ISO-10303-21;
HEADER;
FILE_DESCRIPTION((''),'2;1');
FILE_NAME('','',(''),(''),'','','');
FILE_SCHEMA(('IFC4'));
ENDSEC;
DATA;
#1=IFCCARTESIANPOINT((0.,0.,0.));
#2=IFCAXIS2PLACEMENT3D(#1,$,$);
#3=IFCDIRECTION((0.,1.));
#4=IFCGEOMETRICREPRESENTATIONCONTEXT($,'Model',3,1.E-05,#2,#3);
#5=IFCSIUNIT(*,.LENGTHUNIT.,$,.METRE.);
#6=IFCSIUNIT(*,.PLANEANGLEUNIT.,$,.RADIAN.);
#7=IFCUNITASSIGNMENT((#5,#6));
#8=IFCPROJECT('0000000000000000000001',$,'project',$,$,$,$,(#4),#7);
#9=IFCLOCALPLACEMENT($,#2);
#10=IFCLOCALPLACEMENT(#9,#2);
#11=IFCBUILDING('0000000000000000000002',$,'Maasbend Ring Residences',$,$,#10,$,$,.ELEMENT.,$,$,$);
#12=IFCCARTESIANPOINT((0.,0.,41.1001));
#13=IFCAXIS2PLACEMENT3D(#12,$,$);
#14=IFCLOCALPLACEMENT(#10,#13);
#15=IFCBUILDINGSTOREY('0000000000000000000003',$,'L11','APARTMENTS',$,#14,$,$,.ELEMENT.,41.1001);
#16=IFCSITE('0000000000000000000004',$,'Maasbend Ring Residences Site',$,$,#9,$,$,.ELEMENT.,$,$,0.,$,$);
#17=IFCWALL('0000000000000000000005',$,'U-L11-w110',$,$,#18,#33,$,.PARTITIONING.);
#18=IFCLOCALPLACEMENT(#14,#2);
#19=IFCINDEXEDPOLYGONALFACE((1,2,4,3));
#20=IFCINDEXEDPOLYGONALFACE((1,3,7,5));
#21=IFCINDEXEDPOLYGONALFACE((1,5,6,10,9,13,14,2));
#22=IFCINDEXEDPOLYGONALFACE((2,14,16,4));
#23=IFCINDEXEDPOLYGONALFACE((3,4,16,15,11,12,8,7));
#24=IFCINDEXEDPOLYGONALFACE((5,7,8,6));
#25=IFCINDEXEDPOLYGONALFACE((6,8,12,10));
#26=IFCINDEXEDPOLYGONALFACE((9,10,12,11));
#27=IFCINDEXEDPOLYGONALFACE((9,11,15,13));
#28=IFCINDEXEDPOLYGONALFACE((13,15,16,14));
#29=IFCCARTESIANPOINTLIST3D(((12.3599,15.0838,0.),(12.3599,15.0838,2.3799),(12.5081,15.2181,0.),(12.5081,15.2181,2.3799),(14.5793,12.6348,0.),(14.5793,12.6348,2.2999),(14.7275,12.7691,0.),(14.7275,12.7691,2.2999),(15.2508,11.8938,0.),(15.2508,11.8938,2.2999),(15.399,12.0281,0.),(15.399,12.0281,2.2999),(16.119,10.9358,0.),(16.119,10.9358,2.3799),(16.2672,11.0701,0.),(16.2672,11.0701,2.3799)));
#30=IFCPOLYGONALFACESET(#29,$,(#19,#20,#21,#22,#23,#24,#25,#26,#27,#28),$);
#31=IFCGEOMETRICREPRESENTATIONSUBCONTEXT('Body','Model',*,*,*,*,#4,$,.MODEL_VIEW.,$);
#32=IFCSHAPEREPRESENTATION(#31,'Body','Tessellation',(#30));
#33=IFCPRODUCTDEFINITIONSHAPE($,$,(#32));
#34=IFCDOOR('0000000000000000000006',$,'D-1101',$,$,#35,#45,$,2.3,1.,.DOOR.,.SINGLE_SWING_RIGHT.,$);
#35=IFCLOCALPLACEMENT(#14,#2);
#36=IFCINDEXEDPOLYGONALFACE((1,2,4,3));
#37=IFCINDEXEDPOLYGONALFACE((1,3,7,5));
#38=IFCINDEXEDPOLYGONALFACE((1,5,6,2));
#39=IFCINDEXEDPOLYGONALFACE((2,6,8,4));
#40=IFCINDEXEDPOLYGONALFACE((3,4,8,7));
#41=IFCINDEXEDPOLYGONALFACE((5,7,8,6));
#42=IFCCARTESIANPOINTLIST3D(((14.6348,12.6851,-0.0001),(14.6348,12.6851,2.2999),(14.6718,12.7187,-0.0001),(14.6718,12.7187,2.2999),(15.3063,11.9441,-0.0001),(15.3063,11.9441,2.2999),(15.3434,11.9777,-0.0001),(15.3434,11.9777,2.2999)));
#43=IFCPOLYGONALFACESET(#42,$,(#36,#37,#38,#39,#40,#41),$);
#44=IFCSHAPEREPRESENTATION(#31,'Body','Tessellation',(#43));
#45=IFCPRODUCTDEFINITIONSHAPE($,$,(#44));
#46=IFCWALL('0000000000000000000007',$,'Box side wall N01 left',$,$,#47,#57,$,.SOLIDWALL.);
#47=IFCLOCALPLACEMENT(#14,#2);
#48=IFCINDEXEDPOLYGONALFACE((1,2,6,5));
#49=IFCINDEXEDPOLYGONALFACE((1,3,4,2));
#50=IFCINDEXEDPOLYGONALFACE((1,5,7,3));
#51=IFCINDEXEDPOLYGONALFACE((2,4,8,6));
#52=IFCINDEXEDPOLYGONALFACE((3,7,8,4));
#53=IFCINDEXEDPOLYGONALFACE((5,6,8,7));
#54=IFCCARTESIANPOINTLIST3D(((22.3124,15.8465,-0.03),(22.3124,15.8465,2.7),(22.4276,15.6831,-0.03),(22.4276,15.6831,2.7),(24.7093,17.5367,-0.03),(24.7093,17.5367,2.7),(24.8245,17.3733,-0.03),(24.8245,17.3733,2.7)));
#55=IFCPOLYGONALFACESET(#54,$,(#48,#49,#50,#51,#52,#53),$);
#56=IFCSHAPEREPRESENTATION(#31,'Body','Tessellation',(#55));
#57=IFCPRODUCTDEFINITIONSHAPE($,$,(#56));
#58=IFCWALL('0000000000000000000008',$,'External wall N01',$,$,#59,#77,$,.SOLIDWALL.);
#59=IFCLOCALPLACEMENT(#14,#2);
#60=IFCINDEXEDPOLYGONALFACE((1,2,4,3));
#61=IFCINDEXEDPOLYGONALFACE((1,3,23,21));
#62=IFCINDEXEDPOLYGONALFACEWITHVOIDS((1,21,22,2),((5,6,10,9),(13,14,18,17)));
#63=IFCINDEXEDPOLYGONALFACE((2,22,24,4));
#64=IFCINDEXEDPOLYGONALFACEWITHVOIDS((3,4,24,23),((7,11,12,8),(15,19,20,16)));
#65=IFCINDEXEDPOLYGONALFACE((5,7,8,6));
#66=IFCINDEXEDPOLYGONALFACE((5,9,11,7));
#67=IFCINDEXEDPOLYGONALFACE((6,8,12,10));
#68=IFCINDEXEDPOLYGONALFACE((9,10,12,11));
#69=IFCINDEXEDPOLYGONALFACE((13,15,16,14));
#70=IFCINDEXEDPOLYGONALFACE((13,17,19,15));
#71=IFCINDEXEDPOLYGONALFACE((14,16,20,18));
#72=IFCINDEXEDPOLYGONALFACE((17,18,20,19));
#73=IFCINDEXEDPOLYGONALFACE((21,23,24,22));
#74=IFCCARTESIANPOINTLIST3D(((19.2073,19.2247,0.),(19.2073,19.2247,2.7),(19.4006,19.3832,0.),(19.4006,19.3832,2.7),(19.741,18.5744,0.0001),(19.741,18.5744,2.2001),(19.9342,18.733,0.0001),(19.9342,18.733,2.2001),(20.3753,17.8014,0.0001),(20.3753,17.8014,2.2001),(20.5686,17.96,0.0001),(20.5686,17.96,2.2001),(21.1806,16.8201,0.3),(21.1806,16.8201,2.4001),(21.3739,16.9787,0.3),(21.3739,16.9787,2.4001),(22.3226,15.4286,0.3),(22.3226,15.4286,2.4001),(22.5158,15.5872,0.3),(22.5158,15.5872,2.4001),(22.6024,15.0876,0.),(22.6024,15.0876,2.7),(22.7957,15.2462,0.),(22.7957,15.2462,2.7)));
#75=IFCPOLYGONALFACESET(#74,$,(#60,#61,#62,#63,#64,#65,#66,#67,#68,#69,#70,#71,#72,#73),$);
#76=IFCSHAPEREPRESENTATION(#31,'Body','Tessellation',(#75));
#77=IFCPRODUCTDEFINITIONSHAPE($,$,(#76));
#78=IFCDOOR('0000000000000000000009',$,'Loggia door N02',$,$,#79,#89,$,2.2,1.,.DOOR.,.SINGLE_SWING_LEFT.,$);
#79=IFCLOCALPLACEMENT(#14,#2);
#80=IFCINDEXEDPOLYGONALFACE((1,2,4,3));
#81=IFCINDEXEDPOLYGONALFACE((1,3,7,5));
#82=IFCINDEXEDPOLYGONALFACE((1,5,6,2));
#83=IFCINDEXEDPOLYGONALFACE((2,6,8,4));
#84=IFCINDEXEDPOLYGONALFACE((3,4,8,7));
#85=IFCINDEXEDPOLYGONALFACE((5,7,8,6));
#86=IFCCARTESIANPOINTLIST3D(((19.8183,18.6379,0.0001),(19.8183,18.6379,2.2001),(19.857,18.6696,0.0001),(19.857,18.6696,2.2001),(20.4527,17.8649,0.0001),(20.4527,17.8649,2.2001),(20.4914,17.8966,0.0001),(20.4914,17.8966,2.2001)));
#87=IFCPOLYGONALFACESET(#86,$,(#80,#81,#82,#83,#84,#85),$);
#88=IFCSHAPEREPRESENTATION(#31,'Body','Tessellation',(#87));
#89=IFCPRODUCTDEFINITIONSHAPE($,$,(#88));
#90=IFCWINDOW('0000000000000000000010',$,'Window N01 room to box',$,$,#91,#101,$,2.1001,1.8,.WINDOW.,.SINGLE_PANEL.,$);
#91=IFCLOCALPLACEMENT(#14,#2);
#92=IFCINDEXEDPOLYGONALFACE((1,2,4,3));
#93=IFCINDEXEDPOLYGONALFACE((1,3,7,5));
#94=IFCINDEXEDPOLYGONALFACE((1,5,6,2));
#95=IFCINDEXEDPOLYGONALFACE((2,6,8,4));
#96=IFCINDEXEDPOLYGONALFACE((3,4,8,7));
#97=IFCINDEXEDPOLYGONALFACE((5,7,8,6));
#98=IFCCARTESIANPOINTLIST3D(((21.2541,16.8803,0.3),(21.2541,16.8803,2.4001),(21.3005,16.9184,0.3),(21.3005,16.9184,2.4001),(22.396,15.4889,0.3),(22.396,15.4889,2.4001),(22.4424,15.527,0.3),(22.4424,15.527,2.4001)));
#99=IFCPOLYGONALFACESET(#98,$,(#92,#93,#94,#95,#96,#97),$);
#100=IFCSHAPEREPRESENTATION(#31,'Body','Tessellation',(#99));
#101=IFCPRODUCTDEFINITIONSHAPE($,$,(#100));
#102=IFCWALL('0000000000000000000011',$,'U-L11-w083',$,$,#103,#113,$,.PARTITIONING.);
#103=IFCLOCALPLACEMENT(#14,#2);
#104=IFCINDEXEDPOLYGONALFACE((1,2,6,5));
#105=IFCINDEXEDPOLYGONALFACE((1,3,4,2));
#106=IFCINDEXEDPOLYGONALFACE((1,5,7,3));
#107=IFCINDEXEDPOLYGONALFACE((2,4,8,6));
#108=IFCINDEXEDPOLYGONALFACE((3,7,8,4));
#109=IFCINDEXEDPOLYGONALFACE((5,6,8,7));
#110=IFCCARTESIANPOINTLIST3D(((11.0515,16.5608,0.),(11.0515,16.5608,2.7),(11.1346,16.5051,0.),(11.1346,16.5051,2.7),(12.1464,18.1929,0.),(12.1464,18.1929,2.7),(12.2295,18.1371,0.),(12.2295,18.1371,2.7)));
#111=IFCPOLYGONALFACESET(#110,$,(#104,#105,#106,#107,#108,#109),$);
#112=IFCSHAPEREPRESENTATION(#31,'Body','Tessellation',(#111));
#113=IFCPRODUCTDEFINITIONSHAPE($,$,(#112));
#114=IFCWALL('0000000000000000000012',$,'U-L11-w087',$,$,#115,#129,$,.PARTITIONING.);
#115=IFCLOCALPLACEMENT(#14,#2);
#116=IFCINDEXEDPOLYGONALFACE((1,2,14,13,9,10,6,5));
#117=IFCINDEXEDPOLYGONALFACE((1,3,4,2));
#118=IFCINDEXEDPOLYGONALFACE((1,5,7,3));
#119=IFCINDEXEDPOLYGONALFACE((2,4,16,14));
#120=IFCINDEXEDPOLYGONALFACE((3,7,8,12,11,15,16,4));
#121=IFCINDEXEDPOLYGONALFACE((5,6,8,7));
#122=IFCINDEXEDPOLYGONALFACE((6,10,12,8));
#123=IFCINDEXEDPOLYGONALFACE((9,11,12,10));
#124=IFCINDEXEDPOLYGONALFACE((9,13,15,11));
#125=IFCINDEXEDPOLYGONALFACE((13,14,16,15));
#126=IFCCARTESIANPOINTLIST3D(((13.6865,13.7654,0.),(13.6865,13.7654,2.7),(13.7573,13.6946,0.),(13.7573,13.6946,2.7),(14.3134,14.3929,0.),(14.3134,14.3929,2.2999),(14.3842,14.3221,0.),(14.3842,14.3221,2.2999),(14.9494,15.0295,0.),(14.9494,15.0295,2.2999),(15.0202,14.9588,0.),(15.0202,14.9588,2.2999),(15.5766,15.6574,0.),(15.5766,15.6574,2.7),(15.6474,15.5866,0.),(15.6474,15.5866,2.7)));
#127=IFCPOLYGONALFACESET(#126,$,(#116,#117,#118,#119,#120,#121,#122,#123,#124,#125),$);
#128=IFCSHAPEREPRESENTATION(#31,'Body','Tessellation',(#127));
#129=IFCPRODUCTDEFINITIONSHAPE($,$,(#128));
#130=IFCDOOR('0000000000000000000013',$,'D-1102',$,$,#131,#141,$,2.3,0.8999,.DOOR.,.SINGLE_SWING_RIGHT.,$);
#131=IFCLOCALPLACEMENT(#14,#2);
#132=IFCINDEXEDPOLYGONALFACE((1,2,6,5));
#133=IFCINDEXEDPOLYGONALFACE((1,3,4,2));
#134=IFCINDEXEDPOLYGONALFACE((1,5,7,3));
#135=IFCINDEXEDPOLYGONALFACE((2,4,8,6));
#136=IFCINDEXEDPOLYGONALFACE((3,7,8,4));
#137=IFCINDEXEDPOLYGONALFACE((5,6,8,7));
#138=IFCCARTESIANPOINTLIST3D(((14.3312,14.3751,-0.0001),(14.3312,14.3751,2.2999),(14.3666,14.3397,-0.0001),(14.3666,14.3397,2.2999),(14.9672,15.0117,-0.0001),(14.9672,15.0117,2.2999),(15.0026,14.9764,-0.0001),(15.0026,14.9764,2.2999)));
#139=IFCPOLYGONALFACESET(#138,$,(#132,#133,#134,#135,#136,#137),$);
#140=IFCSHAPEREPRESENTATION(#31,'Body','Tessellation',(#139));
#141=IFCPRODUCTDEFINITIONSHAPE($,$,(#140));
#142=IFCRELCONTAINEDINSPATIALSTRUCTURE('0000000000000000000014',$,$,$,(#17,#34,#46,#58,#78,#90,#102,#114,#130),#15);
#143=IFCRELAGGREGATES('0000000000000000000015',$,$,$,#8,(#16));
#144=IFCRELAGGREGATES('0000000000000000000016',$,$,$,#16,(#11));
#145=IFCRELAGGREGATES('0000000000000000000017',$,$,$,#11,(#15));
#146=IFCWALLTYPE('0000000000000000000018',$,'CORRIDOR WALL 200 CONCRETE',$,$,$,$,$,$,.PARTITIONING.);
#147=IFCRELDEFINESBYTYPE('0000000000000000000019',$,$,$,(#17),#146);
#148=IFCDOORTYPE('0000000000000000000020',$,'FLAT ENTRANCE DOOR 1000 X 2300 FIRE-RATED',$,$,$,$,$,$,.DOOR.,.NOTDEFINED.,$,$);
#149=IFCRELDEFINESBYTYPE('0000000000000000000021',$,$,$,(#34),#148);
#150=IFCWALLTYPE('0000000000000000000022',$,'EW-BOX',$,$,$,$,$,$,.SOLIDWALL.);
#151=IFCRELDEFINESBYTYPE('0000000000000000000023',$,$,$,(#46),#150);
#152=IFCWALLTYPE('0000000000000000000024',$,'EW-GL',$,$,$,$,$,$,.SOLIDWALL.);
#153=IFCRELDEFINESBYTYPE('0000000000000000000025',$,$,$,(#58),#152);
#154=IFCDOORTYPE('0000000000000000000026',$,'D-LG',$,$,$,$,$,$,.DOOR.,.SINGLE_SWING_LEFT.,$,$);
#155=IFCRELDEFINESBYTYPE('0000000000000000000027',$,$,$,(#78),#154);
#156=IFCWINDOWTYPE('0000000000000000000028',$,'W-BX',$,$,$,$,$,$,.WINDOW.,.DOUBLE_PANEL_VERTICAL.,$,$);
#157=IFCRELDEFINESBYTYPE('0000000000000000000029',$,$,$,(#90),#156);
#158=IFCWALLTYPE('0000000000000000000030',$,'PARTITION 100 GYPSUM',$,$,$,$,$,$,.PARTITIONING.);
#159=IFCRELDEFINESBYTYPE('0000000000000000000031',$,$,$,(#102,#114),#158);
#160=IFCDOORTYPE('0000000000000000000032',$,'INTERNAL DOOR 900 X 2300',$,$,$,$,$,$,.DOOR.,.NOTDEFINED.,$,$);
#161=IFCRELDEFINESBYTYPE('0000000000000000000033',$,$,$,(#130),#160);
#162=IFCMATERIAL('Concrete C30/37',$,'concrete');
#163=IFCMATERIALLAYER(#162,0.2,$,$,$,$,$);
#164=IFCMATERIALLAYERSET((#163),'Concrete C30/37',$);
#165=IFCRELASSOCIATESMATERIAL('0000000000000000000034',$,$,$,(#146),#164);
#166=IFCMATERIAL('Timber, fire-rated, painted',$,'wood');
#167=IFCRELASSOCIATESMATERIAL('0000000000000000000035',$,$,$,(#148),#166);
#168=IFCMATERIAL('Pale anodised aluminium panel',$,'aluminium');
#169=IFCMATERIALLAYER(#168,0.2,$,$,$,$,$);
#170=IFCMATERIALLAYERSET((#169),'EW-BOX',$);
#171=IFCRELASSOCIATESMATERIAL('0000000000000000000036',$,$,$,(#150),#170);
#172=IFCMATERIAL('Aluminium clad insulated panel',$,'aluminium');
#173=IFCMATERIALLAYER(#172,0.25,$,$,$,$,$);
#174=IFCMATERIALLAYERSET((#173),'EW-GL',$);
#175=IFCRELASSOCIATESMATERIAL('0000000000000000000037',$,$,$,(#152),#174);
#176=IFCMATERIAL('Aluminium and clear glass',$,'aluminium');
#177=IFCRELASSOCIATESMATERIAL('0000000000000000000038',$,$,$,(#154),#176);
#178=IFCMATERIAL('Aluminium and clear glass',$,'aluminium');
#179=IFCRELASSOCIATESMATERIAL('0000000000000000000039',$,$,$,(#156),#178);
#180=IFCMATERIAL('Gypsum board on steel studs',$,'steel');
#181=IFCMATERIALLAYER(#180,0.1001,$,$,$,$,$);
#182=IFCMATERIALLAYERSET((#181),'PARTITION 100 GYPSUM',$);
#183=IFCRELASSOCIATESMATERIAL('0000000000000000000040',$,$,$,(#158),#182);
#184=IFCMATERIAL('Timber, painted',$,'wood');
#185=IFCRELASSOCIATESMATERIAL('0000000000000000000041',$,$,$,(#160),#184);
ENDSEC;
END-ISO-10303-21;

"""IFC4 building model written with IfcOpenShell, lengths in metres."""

from ifc_helpers import new_model, si_unit, direction, frame, frame_2d, origin, place, context, subcontext, project, spatial, rectangle, extrude, material, layer, layer_set, type_object, element, fill, save


model = new_model("IFC4")

# Units and contexts
model_context = context("Model", 3, precision=1e-05, world=origin(), true_north=direction((0.0, 1.0)))
body_context = subcontext(model_context, "Body", "Model", "MODEL_VIEW")
ifc_project = project(units=[si_unit("LENGTHUNIT", "METRE"), si_unit("PLANEANGLEUNIT", "RADIAN")], contexts=[model_context])

# Site, building, storey
site_placement = place(None, origin())
site = spatial("IfcSite", under=ifc_project, at=site_placement, Name="Maasbend Ring Residences Site", CompositionType="ELEMENT", RefElevation=0.0)
building_placement = place(site_placement, origin())
building = spatial("IfcBuilding", under=site, at=building_placement, Name="Maasbend Ring Residences", CompositionType="ELEMENT")
storey_placement = place(building_placement, frame((0.0, 0.0, 41.1001)))
storey = spatial("IfcBuildingStorey", under=building, at=storey_placement, Name="L11", Description="APARTMENTS", CompositionType="ELEMENT", Elevation=41.1001)

# Wall, opening, door
ifc_material_1 = material(Name="Concrete C30/37", Category="concrete")
ifc_layer_1 = layer(ifc_material_1, 0.2)
ifc_layer_set_1 = layer_set([ifc_layer_1], Name="Concrete C30/37")
wall_type_1 = type_object("IfcWallType", Name="CORRIDOR WALL 200 CONCRETE", PredefinedType="PARTITIONING", material=ifc_layer_set_1)
wall_1_placement = place(storey_placement, frame((12.4341, 15.1509, 0.0), z_axis=(0.0, 0.0, 1.0), x_axis=(0.671515, -0.740991, 0.0)))
wall_1 = element("IfcWall", 1, at=wall_1_placement, inside=storey, type_object=wall_type_1, Name="U-L11-w110", PredefinedType="PARTITIONING", context=body_context, shape_type="SweptSolid", body=[
    extrude(rectangle(XDim=5.5979, YDim=0.2, at=frame_2d((2.7988, 0.0))), origin(), (0.0, 0.0, 1.0), 2.3799),
])
opening_1_placement = place(wall_1_placement, frame((3.3049, 0.0, 0.0)))
opening_1 = element("IfcOpeningElement", 2, at=opening_1_placement, cuts=wall_1, PredefinedType="OPENING", context=body_context, shape_type="SweptSolid", body=[
    extrude(rectangle(XDim=1.0, YDim=2.3, at=frame_2d((0.5, 1.1499))), frame((0.0, 0.1099, 0.0), z_axis=(0.0, -1.0, 0.0), x_axis=(1.0, 0.0, 0.0)), (0.0, 0.0, 1.0), 0.22),
])
ifc_material_2 = material(Name="Timber, fire-rated, painted", Category="wood")
door_type_1 = type_object("IfcDoorType", Name="FLAT ENTRANCE DOOR 1000 X 2300 FIRE-RATED", OperationType="NOTDEFINED", PredefinedType="DOOR", material=ifc_material_2)
door_1_placement = place(opening_1_placement, origin())
door_1 = element("IfcDoor", 3, at=door_1_placement, inside=storey, type_object=door_type_1, Name="D-1101", OperationType="SINGLE_SWING_RIGHT", OverallHeight=2.3, OverallWidth=1.0, PredefinedType="DOOR", context=body_context, shape_type="SweptSolid", body=[
    extrude(rectangle(XDim=1.0, YDim=2.3, at=frame_2d((0.5, 1.1499))), frame((0.0, 0.0249, 0.0), z_axis=(0.0, -1.0, 0.0), x_axis=(1.0, 0.0, 0.0)), (0.0, 0.0, 1.0), 0.05),
])
fill(opening_1, door_1)

# Wall
ifc_material_3 = material(Name="Pale anodised aluminium panel", Category="aluminium")
ifc_layer_2 = layer(ifc_material_3, 0.2)
ifc_layer_set_2 = layer_set([ifc_layer_2], Name="EW-BOX")
wall_type_2 = type_object("IfcWallType", Name="EW-BOX", PredefinedType="SOLIDWALL", material=ifc_layer_set_2)
wall_2_placement = place(storey_placement, frame((22.3701, 15.7649, -0.03), z_axis=(0.0, 0.0, 1.0), x_axis=(0.817256, 0.576275, 0.0)))
element("IfcWall", 4, at=wall_2_placement, inside=storey, type_object=wall_type_2, Name="Box side wall N01 left", PredefinedType="SOLIDWALL", context=body_context, shape_type="SweptSolid", body=[
    extrude(rectangle(XDim=2.9329, YDim=0.2, at=frame_2d((1.4663, 0.0))), origin(), (0.0, 0.0, 1.0), 2.73),
])

# Wall, openings, door, window
ifc_material_4 = material(Name="Aluminium clad insulated panel", Category="aluminium")
ifc_layer_3 = layer(ifc_material_4, 0.25)
ifc_layer_set_3 = layer_set([ifc_layer_3], Name="EW-GL")
wall_type_3 = type_object("IfcWallType", Name="EW-GL", PredefinedType="SOLIDWALL", material=ifc_layer_set_3)
wall_3_placement = place(storey_placement, frame((22.699, 15.167, 0.0), z_axis=(0.0, 0.0, 1.0), x_axis=(-0.634382, 0.773019, 0.0)))
wall_3 = element("IfcWall", 5, at=wall_3_placement, inside=storey, type_object=wall_type_3, Name="External wall N01", PredefinedType="SOLIDWALL", context=body_context, shape_type="SweptSolid", body=[
    extrude(rectangle(XDim=5.3518, YDim=0.25, at=frame_2d((2.6758, 0.0))), origin(), (0.0, 0.0, 1.0), 2.7),
])
opening_2_placement = place(wall_3_placement, frame((0.4412, 0.0, 0.3)))
opening_2 = element("IfcOpeningElement", 6, at=opening_2_placement, cuts=wall_3, PredefinedType="OPENING", context=body_context, shape_type="SweptSolid", body=[
    extrude(rectangle(XDim=1.8, YDim=2.1001, at=frame_2d((0.8999, 1.05))), frame((0.0, 0.135, 0.0), z_axis=(0.0, -1.0, 0.0), x_axis=(1.0, 0.0, 0.0)), (0.0, 0.0, 1.0), 0.27),
])
opening_3_placement = place(wall_3_placement, frame((3.5105, 0.0, 0.0)))
opening_3 = element("IfcOpeningElement", 7, at=opening_3_placement, cuts=wall_3, PredefinedType="OPENING", context=body_context, shape_type="SweptSolid", body=[
    extrude(rectangle(XDim=1.0, YDim=2.2, at=frame_2d((0.5, 1.1001))), frame((0.0, 0.135, 0.0), z_axis=(0.0, -1.0, 0.0), x_axis=(1.0, 0.0, 0.0)), (0.0, 0.0, 1.0), 0.27),
])
ifc_material_5 = material(Name="Aluminium and clear glass", Category="aluminium")
door_type_2 = type_object("IfcDoorType", Name="D-LG", OperationType="SINGLE_SWING_LEFT", PredefinedType="DOOR", material=ifc_material_5)
door_2_placement = place(opening_3_placement, origin())
door_2 = element("IfcDoor", 8, at=door_2_placement, inside=storey, type_object=door_type_2, Name="Loggia door N02", OperationType="SINGLE_SWING_LEFT", OverallHeight=2.2, OverallWidth=1.0, PredefinedType="DOOR", context=body_context, shape_type="SweptSolid", body=[
    extrude(rectangle(XDim=1.0, YDim=2.2, at=frame_2d((0.5, 1.1001))), frame((0.0, 0.0249, 0.0), z_axis=(0.0, -1.0, 0.0), x_axis=(1.0, 0.0, 0.0)), (0.0, 0.0, 1.0), 0.05),
])
fill(opening_3, door_2)
ifc_material_6 = material(Name="Aluminium and clear glass", Category="aluminium")
window_type = type_object("IfcWindowType", Name="W-BX", PartitioningType="DOUBLE_PANEL_VERTICAL", PredefinedType="WINDOW", material=ifc_material_6)
window_placement = place(opening_2_placement, origin())
window = element("IfcWindow", 9, at=window_placement, inside=storey, type_object=window_type, Name="Window N01 room to box", OverallHeight=2.1001, OverallWidth=1.8, PartitioningType="SINGLE_PANEL", PredefinedType="WINDOW", context=body_context, shape_type="SweptSolid", body=[
    extrude(rectangle(XDim=1.8, YDim=2.1001, at=frame_2d((0.8999, 1.05))), frame((0.0, 0.03, 0.0), z_axis=(0.0, -1.0, 0.0), x_axis=(1.0, 0.0, 0.0)), (0.0, 0.0, 1.0), 0.0601),
])
fill(opening_2, window)

# Wall
ifc_material_7 = material(Name="Gypsum board on steel studs", Category="steel")
ifc_layer_4 = layer(ifc_material_7, 0.1001)
ifc_layer_set_4 = layer_set([ifc_layer_4], Name="PARTITION 100 GYPSUM")
wall_type_4 = type_object("IfcWallType", Name="PARTITION 100 GYPSUM", PredefinedType="PARTITIONING", material=ifc_layer_set_4)
wall_4_placement = place(storey_placement, frame((11.093, 16.533, 0.0), z_axis=(0.0, 0.0, 1.0), x_axis=(0.557134, 0.830422, 0.0)))
element("IfcWall", 10, at=wall_4_placement, inside=storey, type_object=wall_type_4, Name="U-L11-w083", PredefinedType="PARTITIONING", context=body_context, shape_type="SweptSolid", body=[
    extrude(rectangle(XDim=1.9653, YDim=0.1001, at=frame_2d((0.9827, 0.0))), origin(), (0.0, 0.0, 1.0), 2.7),
])

# Wall, opening, door
wall_5_placement = place(storey_placement, frame((13.7219, 13.73, 0.0), z_axis=(0.0, 0.0, 1.0), x_axis=(0.706742, 0.707472, 0.0)))
wall_5 = element("IfcWall", 11, at=wall_5_placement, inside=storey, type_object=wall_type_4, Name="U-L11-w087", PredefinedType="PARTITIONING", context=body_context, shape_type="SweptSolid", body=[
    extrude(rectangle(XDim=2.6743, YDim=0.1001, at=frame_2d((1.3372, 0.0))), origin(), (0.0, 0.0, 1.0), 2.7),
])
opening_4_placement = place(wall_5_placement, frame((0.887, 0.0, 0.0)))
opening_4 = element("IfcOpeningElement", 12, at=opening_4_placement, cuts=wall_5, PredefinedType="OPENING", context=body_context, shape_type="SweptSolid", body=[
    extrude(rectangle(XDim=0.8999, YDim=2.3, at=frame_2d((0.45, 1.1499))), frame((0.0, 0.0601, 0.0), z_axis=(0.0, -1.0, 0.0), x_axis=(1.0, 0.0, 0.0)), (0.0, 0.0, 1.0), 0.1201),
])
ifc_material_8 = material(Name="Timber, painted", Category="wood")
door_type_3 = type_object("IfcDoorType", Name="INTERNAL DOOR 900 X 2300", OperationType="NOTDEFINED", PredefinedType="DOOR", material=ifc_material_8)
door_3_placement = place(opening_4_placement, origin())
door_3 = element("IfcDoor", 13, at=door_3_placement, inside=storey, type_object=door_type_3, Name="D-1102", OperationType="SINGLE_SWING_RIGHT", OverallHeight=2.3, OverallWidth=0.8999, PredefinedType="DOOR", context=body_context, shape_type="SweptSolid", body=[
    extrude(rectangle(XDim=0.8999, YDim=2.3, at=frame_2d((0.45, 1.1499))), frame((0.0, 0.0249, 0.0), z_axis=(0.0, -1.0, 0.0), x_axis=(1.0, 0.0, 0.0)), (0.0, 0.0, 1.0), 0.05),
])
fill(opening_4, door_3)

save(model, "model.ifc")
